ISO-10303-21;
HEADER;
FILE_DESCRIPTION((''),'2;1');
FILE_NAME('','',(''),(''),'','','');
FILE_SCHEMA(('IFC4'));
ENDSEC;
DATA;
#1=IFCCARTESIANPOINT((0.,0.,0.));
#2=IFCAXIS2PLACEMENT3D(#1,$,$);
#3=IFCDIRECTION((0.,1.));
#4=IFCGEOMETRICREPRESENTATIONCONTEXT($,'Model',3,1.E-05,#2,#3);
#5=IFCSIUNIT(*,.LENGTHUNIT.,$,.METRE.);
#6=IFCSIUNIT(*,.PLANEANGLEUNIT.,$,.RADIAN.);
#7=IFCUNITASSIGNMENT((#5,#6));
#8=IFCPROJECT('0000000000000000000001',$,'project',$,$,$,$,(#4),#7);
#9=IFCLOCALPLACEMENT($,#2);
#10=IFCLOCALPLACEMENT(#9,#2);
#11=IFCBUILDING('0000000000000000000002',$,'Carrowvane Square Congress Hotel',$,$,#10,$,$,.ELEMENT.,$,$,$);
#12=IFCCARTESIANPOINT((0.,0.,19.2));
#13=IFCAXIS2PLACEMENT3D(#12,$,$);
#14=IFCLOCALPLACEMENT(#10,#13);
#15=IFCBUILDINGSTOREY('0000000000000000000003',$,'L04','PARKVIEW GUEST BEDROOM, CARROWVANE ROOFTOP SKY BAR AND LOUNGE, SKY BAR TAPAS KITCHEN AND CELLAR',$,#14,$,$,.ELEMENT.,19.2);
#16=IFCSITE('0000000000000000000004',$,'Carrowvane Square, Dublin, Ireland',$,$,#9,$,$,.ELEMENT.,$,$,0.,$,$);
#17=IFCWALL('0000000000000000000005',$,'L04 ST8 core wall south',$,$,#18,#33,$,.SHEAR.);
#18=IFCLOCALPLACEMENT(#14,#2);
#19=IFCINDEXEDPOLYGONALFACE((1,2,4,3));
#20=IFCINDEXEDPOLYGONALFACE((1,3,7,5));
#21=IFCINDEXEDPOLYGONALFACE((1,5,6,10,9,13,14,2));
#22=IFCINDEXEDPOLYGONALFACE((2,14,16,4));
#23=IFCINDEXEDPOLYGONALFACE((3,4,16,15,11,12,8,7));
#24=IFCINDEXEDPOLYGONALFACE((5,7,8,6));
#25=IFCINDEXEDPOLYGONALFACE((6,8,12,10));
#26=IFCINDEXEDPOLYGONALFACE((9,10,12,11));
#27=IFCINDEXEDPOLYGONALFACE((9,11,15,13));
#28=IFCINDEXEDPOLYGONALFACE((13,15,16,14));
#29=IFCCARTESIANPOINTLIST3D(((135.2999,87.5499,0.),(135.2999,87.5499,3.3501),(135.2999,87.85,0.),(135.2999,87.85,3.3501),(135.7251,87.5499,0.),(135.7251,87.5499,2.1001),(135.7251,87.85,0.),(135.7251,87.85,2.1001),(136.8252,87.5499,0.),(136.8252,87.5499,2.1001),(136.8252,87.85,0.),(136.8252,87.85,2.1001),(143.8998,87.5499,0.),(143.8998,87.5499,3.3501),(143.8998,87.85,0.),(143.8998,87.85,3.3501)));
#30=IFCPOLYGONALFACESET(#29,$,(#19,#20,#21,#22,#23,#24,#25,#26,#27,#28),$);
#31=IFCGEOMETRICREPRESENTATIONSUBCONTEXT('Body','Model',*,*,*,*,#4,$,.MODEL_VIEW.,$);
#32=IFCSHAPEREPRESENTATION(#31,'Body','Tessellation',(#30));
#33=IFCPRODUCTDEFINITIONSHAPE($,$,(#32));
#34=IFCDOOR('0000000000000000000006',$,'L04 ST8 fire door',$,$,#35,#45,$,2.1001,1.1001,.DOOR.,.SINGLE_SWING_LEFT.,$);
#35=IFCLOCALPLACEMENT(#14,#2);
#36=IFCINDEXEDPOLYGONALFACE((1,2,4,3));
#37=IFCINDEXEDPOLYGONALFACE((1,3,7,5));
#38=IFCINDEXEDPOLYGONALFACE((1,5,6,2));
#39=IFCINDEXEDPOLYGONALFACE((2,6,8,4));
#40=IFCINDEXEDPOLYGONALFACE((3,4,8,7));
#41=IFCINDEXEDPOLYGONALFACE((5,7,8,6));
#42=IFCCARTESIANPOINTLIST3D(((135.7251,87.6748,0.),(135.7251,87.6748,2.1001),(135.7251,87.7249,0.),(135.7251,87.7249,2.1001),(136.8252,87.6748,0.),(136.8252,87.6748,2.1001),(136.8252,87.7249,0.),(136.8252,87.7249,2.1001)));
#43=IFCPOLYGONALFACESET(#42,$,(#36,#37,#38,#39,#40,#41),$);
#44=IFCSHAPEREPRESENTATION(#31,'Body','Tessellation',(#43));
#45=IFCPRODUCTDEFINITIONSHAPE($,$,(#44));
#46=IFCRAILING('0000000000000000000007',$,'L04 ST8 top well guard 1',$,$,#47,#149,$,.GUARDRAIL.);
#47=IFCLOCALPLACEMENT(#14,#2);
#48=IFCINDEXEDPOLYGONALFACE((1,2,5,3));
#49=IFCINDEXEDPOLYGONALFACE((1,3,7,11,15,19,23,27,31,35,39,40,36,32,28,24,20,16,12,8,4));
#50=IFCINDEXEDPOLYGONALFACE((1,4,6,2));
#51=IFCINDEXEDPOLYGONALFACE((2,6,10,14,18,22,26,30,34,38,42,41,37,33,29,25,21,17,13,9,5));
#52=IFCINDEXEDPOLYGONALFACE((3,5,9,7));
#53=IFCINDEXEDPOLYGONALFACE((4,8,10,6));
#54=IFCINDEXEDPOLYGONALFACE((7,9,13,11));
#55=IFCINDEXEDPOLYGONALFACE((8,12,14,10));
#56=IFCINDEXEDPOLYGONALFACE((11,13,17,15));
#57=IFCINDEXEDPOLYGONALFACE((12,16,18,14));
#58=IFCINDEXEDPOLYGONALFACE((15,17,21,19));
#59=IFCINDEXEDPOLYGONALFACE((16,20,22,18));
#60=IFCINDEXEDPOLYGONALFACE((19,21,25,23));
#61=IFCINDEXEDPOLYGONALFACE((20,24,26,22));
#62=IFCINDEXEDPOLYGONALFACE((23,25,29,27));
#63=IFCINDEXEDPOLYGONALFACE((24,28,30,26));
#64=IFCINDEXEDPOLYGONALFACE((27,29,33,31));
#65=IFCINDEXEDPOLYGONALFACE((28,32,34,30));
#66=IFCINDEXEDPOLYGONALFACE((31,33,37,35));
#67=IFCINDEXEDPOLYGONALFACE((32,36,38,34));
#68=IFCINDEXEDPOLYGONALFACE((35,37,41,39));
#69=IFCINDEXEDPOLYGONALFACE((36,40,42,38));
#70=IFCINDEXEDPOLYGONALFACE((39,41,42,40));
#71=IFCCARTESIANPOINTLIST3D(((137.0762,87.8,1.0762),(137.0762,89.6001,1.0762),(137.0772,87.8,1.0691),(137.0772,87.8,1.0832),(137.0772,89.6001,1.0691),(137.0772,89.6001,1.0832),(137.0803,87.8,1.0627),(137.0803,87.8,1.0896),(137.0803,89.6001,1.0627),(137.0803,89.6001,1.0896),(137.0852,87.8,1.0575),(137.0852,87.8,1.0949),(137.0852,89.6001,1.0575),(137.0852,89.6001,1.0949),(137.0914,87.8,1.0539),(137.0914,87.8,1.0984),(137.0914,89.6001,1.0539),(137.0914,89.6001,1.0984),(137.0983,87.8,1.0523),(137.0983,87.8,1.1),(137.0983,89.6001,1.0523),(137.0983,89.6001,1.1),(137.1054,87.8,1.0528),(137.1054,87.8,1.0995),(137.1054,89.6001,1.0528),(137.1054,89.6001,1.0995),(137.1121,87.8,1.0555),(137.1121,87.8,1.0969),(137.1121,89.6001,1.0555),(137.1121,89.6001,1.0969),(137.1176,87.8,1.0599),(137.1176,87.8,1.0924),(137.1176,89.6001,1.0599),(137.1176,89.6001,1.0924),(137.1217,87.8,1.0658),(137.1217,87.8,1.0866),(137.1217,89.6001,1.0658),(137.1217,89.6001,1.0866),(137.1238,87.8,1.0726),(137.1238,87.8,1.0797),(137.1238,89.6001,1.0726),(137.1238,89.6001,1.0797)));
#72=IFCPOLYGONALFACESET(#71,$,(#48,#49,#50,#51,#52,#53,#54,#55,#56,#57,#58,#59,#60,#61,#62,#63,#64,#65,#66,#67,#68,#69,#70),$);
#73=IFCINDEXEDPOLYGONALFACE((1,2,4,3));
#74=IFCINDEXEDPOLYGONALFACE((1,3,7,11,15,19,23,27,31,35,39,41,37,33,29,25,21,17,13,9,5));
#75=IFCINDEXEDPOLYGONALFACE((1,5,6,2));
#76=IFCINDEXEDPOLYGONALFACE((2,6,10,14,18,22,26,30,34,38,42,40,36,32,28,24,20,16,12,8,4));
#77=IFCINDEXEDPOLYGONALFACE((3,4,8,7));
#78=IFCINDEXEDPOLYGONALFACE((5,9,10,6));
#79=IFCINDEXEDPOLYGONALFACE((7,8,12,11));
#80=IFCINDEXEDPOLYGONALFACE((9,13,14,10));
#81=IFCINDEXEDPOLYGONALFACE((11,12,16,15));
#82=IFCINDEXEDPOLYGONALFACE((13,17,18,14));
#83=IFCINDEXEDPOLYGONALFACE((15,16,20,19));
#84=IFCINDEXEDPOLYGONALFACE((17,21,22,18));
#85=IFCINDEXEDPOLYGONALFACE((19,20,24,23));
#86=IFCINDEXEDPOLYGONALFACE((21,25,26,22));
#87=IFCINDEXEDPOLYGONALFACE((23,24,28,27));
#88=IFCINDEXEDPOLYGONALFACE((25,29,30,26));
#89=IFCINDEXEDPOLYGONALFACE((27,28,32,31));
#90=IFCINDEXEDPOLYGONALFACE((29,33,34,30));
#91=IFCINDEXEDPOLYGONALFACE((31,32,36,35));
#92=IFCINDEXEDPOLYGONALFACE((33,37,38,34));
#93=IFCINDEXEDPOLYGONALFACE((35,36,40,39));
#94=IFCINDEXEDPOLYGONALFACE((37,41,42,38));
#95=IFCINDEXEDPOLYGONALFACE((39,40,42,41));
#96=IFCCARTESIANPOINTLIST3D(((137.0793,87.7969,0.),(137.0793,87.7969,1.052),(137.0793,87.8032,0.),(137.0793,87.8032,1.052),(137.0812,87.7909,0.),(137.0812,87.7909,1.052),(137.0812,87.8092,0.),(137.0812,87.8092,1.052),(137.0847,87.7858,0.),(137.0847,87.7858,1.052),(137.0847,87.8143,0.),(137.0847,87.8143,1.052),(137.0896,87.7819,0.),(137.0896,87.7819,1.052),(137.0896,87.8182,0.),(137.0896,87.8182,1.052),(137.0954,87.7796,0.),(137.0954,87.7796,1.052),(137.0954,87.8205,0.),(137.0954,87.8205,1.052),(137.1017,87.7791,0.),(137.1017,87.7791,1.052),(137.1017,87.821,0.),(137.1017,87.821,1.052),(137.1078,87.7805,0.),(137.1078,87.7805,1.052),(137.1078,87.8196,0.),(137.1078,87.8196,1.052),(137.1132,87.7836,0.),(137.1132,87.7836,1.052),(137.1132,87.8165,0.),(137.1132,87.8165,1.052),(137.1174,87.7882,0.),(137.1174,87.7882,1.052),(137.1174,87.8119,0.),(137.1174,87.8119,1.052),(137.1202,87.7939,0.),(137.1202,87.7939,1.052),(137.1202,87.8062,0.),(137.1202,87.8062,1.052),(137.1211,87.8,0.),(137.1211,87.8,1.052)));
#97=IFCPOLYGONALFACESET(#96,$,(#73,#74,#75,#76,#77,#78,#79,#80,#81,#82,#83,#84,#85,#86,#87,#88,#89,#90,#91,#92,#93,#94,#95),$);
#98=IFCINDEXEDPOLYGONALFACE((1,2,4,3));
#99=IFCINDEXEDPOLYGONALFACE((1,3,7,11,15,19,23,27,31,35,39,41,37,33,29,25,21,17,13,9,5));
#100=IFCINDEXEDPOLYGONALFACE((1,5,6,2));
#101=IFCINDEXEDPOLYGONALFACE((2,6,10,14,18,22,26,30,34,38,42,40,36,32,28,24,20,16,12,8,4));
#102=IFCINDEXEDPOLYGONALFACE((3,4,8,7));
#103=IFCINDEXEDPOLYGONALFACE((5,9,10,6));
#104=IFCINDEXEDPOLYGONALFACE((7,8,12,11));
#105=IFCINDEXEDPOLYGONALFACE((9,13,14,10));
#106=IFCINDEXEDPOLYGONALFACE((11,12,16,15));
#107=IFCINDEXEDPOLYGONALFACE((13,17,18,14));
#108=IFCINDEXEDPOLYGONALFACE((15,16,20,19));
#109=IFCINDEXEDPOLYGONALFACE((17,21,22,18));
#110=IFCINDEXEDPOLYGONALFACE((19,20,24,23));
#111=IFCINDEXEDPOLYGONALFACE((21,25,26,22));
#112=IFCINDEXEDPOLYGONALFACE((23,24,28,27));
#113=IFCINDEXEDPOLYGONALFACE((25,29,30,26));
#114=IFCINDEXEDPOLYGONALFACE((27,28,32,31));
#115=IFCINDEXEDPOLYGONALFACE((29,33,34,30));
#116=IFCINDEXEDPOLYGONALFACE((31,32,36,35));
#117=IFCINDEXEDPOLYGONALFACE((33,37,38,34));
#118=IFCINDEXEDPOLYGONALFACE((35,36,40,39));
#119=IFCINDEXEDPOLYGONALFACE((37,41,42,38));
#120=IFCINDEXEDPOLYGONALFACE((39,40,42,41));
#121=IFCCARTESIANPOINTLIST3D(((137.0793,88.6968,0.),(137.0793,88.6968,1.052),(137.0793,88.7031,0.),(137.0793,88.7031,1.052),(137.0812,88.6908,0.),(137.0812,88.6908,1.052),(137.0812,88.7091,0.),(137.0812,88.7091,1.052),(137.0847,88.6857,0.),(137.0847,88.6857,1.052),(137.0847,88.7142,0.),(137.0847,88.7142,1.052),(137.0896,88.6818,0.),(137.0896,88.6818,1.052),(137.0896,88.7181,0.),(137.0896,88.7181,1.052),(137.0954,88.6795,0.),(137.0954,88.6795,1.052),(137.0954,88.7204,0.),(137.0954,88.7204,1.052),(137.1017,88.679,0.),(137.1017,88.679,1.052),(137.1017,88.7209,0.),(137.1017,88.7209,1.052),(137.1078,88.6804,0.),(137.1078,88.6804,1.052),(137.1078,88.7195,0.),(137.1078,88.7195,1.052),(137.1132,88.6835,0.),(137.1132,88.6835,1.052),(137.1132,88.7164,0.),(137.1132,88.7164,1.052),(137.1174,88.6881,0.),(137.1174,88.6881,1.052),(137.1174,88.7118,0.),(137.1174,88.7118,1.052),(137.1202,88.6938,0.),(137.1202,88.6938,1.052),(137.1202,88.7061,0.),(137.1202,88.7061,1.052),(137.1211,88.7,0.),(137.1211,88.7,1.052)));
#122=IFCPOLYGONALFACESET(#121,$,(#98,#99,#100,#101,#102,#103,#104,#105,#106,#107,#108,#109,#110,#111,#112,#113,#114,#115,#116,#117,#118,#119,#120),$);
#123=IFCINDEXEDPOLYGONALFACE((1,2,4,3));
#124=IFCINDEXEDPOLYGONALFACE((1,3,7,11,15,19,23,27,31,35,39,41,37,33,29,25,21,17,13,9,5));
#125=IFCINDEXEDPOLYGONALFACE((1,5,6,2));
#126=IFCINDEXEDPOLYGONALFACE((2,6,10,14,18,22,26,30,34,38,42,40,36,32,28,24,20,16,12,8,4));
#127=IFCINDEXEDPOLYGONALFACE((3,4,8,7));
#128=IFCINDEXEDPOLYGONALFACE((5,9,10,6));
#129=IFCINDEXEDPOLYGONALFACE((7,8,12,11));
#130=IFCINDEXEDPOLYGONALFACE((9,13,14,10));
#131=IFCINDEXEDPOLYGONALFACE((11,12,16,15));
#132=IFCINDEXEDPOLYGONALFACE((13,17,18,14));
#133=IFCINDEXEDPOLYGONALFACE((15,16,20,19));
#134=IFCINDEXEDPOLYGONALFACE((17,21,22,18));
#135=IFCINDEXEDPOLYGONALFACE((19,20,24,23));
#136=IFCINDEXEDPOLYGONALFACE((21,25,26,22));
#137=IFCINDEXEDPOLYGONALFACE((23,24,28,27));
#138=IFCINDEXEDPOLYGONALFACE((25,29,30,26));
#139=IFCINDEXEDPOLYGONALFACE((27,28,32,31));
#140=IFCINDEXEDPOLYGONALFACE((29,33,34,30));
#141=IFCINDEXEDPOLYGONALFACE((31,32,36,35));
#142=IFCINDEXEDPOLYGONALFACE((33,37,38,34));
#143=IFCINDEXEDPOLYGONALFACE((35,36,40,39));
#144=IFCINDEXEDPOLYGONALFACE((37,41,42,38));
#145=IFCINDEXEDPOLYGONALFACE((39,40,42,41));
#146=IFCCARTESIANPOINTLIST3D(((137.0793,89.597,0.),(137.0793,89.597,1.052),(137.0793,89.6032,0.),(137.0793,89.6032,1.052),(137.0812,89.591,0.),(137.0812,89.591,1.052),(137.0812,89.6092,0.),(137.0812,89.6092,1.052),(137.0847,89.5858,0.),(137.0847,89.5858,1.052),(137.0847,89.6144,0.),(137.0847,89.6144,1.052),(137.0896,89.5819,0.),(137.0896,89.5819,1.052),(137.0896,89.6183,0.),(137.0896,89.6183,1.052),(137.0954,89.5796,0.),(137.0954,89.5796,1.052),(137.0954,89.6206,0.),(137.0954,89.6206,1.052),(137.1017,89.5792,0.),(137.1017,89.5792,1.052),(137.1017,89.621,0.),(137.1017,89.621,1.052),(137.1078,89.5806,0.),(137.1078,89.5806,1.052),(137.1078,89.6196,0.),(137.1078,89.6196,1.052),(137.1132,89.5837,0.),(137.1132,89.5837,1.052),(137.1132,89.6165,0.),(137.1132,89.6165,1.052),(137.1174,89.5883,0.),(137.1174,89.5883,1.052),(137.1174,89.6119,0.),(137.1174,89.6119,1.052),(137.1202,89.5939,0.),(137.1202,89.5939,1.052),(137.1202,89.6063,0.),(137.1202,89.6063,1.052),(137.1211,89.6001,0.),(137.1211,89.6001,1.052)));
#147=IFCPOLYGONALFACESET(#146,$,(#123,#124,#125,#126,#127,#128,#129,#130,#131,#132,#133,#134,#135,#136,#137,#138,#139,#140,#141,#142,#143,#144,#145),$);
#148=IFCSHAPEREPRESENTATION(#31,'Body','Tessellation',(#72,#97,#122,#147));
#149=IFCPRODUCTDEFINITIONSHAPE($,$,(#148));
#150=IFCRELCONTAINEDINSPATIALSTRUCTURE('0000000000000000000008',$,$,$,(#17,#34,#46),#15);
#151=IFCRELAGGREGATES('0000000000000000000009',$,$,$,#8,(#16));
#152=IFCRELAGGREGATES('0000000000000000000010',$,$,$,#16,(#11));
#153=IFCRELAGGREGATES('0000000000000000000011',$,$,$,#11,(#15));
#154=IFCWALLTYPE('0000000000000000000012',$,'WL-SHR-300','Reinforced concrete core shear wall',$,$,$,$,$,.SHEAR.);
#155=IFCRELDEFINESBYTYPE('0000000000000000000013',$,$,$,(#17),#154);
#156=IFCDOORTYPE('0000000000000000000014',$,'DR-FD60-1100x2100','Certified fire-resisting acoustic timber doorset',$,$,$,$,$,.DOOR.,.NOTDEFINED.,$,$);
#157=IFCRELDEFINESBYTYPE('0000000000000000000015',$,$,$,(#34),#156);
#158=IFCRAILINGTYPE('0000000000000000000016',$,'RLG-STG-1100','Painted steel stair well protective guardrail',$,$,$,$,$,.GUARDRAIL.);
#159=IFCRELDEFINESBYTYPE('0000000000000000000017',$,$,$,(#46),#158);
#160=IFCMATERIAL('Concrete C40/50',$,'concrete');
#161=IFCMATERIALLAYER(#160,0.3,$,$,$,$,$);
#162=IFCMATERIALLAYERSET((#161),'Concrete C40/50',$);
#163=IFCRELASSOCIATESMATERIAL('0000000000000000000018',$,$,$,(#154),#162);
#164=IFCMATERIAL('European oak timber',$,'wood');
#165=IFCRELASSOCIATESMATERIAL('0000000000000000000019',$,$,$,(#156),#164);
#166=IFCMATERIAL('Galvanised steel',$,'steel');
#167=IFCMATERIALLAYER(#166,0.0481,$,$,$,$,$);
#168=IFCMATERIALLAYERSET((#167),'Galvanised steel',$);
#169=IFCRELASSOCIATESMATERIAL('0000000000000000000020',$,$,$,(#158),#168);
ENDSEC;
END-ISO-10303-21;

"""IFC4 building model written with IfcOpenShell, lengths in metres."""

from ifc_helpers import new_model, si_unit, direction, frame, frame_2d, origin, origin_2d, place, context, subcontext, project, spatial, rectangle, circle, extrude, material, layer, layer_set, type_object, element, fill, save


model = new_model("IFC4")

# Units and contexts
model_context = context("Model", 3, precision=1e-05, world=origin(), true_north=direction((0.0, 1.0)))
body_context = subcontext(model_context, "Body", "Model", "MODEL_VIEW")
ifc_project = project(units=[si_unit("LENGTHUNIT", "METRE"), si_unit("PLANEANGLEUNIT", "RADIAN")], contexts=[model_context])

# Site, building, storey
site_placement = place(None, origin())
site = spatial("IfcSite", under=ifc_project, at=site_placement, Name="Carrowvane Square, Dublin, Ireland", CompositionType="ELEMENT", RefElevation=0.0)
building_placement = place(site_placement, origin())
building = spatial("IfcBuilding", under=site, at=building_placement, Name="Carrowvane Square Congress Hotel", CompositionType="ELEMENT")
storey_placement = place(building_placement, frame((0.0, 0.0, 19.2)))
storey = spatial("IfcBuildingStorey", under=building, at=storey_placement, Name="L04", Description="PARKVIEW GUEST BEDROOM, CARROWVANE ROOFTOP SKY BAR AND LOUNGE, SKY BAR TAPAS KITCHEN AND CELLAR", CompositionType="ELEMENT", Elevation=19.2)

# Wall, opening, door
ifc_material_1 = material(Name="Concrete C40/50", Category="concrete")
ifc_layer_1 = layer(ifc_material_1, 0.3)
ifc_layer_set_1 = layer_set([ifc_layer_1], Name="Concrete C40/50")
wall_type_1 = type_object("IfcWallType", Name="WL-SHR-300", Description="Reinforced concrete core shear wall", PredefinedType="SHEAR", material=ifc_layer_set_1)
wall_1_placement = place(storey_placement, frame((135.3, 87.7, 0.0), z_axis=(0.0, 0.0, 1.0), x_axis=(1.0, 0.0, 0.0)))
wall_1 = element("IfcWall", 1, at=wall_1_placement, inside=storey, type_object=wall_type_1, Name="L04 ST8 core wall south", PredefinedType="SHEAR", context=body_context, shape_type="SweptSolid", body=[
    extrude(rectangle(XDim=8.5999, YDim=0.3, at=frame_2d((4.2998, 0.0))), origin(), (0.0, 0.0, 1.0), 3.3501),
])
opening_1_placement = place(wall_1_placement, frame((0.425, 0.0, 0.0)))
opening_1 = element("IfcOpeningElement", 2, at=opening_1_placement, cuts=wall_1, PredefinedType="OPENING", context=body_context, shape_type="SweptSolid", body=[
    extrude(rectangle(XDim=1.1001, YDim=2.1001, at=frame_2d((0.55, 1.05))), frame((0.0, 0.1599, 0.0), z_axis=(0.0, -1.0, 0.0), x_axis=(1.0, 0.0, 0.0)), (0.0, 0.0, 1.0), 0.3201),
])
ifc_material_2 = material(Name="European oak timber", Category="wood")
door_type = type_object("IfcDoorType", Name="DR-FD60-1100x2100", Description="Certified fire-resisting acoustic timber doorset", OperationType="NOTDEFINED", PredefinedType="DOOR", material=ifc_material_2)
door_placement = place(opening_1_placement, origin())
door = element("IfcDoor", 3, at=door_placement, inside=storey, type_object=door_type, Name="L04 ST8 fire door", OperationType="SINGLE_SWING_LEFT", OverallHeight=2.1001, OverallWidth=1.1001, PredefinedType="DOOR", context=body_context, shape_type="SweptSolid", body=[
    extrude(rectangle(XDim=1.1001, YDim=2.1001, at=frame_2d((0.55, 1.05))), frame((0.0, 0.0249, 0.0), z_axis=(0.0, -1.0, 0.0), x_axis=(1.0, 0.0, 0.0)), (0.0, 0.0, 1.0), 0.05),
])
fill(opening_1, door)

# Railing
ifc_material_3 = material(Name="Galvanised steel", Category="steel")
ifc_layer_2 = layer(ifc_material_3, 0.0481)
ifc_layer_set_2 = layer_set([ifc_layer_2], Name="Galvanised steel")
railing_type = type_object("IfcRailingType", Name="RLG-STG-1100", Description="Painted steel stair well protective guardrail", PredefinedType="GUARDRAIL", material=ifc_layer_set_2)
railing_placement = place(storey_placement, frame((137.1001, 87.8, 0.0)))
element("IfcRailing", 4, at=railing_placement, inside=storey, type_object=railing_type, Name="L04 ST8 top well guard 1", PredefinedType="GUARDRAIL", context=body_context, shape_type="SweptSolid", body=[
    extrude(circle(Radius=0.0239, at=origin_2d()), frame((0.0, 0.0, 1.0762), z_axis=(0.0, 1.0, 0.0), x_axis=(-1.0, 0.0, 0.0)), (0.0, 0.0, 1.0), 1.8),
    extrude(circle(Radius=0.021, at=origin_2d()), origin(), (0.0, 0.0, 1.0), 1.052),
    extrude(circle(Radius=0.021, at=origin_2d()), frame((0.0, 0.8999, 0.0)), (0.0, 0.0, 1.0), 1.052),
    extrude(circle(Radius=0.021, at=origin_2d()), frame((0.0, 1.8, 0.0)), (0.0, 0.0, 1.0), 1.052),
])

save(model, "model.ifc")
